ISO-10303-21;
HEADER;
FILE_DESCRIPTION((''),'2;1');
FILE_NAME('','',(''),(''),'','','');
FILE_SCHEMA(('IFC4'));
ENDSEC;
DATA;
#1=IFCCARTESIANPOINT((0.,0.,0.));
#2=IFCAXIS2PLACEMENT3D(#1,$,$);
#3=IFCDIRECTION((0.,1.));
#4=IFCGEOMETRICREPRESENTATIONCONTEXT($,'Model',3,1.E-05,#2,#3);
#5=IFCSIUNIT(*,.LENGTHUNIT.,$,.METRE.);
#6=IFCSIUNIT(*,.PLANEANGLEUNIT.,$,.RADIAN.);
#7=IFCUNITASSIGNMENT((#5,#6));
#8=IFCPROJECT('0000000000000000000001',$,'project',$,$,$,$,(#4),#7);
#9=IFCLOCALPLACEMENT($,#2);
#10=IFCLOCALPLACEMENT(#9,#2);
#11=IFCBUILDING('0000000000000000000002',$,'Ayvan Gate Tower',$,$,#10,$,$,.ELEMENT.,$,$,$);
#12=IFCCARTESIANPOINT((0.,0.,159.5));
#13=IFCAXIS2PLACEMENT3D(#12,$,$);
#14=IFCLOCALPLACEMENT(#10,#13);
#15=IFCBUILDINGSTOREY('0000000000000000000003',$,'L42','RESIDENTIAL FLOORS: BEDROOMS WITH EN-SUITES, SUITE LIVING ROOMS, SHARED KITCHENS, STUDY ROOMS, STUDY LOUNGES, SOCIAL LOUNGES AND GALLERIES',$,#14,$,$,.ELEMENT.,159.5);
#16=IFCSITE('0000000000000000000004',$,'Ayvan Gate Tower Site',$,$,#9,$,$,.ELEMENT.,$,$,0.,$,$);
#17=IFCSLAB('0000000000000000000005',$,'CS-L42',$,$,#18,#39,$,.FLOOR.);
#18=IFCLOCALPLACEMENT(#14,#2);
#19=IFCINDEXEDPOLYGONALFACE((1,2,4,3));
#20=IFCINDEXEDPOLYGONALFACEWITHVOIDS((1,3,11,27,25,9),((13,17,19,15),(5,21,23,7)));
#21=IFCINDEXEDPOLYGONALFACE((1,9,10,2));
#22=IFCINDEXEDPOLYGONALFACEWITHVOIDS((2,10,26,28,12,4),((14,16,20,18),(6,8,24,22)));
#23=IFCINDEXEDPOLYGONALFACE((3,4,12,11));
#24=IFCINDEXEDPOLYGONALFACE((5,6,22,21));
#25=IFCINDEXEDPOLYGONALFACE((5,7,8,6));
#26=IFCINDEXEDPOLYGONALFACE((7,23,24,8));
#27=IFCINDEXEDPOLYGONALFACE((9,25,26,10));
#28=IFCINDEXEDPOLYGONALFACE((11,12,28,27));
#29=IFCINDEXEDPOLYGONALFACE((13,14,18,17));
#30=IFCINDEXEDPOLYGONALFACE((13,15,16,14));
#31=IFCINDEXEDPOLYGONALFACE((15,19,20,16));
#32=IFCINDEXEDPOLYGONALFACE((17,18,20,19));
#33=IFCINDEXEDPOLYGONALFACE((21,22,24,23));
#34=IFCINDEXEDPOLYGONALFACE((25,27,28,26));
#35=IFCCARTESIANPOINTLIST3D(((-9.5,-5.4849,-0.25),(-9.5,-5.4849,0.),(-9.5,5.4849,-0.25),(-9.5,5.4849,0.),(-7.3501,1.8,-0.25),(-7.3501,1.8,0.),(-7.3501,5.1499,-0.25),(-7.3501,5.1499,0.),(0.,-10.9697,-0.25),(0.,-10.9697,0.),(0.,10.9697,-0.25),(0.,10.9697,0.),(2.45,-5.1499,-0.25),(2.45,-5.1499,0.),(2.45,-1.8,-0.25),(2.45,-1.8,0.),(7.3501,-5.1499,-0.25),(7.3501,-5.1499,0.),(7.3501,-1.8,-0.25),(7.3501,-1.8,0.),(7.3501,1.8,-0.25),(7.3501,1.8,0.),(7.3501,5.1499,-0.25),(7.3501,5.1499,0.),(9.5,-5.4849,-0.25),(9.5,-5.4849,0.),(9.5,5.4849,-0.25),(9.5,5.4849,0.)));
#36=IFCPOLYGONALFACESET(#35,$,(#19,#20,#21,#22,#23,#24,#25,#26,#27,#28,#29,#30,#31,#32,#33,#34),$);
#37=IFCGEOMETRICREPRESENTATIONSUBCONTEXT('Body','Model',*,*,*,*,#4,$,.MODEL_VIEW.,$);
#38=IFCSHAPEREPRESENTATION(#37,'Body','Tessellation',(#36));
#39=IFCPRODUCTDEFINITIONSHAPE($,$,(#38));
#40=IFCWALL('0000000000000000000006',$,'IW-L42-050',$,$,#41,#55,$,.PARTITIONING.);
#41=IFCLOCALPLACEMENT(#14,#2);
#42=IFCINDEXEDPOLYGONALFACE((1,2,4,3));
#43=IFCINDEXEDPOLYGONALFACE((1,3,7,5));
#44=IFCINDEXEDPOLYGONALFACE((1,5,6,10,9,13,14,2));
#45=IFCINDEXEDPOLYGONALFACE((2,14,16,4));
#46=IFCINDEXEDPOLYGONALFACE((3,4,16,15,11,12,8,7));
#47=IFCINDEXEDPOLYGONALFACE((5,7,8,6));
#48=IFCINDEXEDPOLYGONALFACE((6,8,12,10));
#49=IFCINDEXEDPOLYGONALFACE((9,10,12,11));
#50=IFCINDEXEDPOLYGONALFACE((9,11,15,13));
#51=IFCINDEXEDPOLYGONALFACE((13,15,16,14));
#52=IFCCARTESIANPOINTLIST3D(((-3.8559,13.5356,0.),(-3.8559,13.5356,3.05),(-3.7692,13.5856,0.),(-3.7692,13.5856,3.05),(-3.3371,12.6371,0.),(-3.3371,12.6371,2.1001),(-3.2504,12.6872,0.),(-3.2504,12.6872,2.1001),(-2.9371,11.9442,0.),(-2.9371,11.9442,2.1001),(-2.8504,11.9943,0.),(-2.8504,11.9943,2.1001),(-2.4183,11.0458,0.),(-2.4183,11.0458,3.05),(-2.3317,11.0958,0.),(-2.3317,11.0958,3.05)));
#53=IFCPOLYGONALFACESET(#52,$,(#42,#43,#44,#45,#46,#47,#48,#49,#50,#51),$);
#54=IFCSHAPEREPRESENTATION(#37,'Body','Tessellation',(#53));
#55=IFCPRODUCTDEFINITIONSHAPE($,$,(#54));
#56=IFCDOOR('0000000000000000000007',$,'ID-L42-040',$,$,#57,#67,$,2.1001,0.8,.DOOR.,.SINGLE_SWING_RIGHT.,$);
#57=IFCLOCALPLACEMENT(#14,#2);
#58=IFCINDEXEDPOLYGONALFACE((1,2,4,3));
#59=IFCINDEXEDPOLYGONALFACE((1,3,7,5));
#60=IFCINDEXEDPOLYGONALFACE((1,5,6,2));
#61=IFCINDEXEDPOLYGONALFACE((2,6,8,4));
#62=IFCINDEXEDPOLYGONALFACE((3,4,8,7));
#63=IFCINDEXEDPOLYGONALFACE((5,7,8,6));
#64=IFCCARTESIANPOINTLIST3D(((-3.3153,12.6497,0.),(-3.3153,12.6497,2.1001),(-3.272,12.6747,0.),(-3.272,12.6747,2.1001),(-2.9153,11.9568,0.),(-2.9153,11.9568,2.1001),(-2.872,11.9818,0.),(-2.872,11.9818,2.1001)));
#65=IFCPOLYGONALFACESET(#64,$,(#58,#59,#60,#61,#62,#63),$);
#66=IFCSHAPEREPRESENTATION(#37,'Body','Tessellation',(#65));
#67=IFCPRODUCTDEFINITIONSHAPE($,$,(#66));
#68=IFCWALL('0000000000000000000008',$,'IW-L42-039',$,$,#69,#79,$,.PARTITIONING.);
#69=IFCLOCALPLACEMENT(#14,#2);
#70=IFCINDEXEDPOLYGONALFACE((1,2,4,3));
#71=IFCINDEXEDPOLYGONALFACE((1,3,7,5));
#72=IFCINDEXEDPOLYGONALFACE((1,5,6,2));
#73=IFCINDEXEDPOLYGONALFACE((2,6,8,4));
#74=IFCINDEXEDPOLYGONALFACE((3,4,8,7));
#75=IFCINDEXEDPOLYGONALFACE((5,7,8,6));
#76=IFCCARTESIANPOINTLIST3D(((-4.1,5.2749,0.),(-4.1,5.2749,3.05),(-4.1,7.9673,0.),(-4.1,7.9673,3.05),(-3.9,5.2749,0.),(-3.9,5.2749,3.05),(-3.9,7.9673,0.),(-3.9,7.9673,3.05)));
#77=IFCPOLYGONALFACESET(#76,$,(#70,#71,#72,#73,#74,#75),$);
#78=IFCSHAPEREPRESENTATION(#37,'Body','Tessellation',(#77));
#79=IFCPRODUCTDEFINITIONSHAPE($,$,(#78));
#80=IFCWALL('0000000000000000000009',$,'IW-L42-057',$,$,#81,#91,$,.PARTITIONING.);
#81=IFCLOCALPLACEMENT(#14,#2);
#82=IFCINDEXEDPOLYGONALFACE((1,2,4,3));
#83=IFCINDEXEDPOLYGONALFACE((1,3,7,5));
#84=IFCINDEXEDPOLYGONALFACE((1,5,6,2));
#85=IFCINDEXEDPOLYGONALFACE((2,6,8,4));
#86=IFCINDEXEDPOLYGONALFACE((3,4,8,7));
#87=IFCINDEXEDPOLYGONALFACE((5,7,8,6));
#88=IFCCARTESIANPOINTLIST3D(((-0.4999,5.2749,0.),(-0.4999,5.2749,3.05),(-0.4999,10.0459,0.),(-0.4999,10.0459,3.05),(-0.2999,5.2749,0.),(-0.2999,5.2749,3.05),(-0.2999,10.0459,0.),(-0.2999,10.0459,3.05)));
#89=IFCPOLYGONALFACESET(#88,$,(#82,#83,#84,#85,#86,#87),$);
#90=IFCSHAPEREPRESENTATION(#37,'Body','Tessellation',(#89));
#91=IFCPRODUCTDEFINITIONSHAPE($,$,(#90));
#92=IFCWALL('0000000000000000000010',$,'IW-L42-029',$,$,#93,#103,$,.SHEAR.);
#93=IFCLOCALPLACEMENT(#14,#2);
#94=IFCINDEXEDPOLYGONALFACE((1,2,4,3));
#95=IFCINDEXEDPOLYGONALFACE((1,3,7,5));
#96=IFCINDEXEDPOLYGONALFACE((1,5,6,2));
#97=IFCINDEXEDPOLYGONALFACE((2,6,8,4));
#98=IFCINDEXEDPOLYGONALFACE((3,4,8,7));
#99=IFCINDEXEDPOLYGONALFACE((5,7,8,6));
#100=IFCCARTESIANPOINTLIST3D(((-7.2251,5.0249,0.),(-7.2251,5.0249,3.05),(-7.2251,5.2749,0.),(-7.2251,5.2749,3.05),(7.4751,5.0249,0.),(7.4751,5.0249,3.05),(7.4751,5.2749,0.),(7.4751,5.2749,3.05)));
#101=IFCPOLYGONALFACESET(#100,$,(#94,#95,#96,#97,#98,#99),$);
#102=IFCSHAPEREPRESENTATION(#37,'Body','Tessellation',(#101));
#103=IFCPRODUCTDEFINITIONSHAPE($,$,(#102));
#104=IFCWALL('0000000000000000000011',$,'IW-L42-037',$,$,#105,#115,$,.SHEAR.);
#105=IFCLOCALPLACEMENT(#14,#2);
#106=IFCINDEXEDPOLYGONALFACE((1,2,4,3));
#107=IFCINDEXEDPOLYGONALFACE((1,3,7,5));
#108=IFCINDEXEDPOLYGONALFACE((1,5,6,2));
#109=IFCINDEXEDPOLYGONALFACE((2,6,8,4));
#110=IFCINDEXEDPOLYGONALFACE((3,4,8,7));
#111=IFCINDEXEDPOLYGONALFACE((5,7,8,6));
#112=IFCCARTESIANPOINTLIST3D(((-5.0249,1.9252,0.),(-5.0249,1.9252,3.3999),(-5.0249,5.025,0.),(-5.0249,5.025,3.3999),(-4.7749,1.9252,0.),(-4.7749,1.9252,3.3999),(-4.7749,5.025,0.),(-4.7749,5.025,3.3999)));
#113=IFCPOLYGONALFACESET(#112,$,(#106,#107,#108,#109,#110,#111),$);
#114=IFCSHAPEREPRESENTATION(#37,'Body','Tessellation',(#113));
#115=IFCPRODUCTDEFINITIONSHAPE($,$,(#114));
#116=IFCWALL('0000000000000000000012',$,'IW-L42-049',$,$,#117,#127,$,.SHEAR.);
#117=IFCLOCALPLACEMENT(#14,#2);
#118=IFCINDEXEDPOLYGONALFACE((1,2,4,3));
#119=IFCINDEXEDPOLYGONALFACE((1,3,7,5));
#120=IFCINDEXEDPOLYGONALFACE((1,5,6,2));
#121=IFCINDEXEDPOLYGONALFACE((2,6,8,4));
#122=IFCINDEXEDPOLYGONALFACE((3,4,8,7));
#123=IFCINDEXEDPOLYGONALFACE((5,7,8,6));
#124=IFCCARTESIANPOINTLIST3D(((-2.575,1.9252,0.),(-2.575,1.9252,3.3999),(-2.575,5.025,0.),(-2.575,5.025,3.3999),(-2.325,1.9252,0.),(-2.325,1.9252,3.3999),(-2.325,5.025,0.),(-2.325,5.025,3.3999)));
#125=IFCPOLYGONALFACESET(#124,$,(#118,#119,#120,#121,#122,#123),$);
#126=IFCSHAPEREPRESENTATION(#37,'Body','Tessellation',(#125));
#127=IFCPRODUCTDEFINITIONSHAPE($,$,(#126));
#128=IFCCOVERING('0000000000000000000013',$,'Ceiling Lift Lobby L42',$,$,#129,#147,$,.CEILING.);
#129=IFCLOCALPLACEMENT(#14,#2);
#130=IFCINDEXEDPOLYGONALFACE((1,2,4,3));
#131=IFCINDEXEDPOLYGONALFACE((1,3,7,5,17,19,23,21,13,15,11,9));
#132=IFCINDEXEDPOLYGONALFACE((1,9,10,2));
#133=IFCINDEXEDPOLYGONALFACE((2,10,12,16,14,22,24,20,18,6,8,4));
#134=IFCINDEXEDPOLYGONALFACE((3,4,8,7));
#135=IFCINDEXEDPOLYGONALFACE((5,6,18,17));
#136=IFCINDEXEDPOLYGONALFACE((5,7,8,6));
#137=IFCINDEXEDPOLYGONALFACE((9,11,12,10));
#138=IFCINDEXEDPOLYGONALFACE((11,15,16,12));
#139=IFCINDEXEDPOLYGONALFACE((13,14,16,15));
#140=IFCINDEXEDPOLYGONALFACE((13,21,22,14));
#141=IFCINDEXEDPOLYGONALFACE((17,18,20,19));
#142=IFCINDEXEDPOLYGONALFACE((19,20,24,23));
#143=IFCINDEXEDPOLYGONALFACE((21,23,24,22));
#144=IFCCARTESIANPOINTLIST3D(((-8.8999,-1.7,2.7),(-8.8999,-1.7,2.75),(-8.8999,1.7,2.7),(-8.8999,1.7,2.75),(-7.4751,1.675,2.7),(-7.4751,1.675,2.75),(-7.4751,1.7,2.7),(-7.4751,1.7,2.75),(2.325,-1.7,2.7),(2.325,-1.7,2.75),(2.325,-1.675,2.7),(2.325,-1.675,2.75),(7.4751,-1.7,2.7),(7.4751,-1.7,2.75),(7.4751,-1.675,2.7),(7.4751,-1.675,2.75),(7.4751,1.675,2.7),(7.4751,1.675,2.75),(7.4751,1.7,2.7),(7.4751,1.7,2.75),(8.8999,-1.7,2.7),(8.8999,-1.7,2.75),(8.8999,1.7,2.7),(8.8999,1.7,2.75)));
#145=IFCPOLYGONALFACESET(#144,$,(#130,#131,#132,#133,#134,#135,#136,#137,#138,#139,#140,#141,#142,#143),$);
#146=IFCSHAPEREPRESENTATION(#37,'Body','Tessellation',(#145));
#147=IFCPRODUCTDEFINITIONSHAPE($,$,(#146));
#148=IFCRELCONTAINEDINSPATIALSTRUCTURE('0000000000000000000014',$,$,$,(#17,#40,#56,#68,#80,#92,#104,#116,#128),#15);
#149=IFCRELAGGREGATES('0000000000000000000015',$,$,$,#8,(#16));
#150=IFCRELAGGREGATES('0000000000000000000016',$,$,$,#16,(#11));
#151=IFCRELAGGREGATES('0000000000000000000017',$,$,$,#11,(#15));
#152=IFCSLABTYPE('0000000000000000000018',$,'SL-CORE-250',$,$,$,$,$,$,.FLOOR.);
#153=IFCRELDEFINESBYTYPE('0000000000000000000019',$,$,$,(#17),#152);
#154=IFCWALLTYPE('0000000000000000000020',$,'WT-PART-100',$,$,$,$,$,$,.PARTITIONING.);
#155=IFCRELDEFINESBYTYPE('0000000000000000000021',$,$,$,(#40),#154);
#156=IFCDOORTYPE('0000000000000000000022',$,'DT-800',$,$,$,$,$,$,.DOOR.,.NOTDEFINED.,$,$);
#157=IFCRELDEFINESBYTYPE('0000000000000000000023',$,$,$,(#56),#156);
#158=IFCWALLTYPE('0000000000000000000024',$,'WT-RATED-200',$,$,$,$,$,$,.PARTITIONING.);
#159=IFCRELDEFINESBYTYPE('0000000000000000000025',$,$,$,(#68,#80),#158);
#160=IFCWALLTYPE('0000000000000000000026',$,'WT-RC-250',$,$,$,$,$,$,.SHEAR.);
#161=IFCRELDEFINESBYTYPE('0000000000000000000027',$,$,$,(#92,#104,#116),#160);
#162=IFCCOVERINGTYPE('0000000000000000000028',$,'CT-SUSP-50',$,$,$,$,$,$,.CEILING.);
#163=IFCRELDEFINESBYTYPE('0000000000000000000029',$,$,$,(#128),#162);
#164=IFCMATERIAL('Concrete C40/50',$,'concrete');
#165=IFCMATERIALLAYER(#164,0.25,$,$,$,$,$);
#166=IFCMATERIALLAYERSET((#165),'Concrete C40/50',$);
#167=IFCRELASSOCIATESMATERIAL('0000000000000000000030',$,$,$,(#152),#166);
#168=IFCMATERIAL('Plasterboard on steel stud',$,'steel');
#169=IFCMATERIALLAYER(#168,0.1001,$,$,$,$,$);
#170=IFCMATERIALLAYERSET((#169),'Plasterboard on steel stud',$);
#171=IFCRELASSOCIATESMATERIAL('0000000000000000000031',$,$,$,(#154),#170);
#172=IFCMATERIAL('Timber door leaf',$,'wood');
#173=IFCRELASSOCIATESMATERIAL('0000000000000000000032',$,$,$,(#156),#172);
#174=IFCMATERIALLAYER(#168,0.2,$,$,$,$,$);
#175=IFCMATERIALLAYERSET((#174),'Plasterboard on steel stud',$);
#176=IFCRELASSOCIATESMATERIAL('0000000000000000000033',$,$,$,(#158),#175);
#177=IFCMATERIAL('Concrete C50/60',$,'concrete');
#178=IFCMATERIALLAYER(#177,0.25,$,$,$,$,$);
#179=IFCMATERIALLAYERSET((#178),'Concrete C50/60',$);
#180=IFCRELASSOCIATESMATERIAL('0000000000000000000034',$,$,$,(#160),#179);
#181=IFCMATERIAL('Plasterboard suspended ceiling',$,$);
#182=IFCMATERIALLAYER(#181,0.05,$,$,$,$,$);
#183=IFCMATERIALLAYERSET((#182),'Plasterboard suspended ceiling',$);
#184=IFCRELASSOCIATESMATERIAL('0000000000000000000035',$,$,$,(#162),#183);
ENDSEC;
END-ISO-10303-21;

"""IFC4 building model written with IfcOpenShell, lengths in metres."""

from ifc_helpers import new_model, si_unit, direction, frame, frame_2d, origin, place, context, subcontext, project, spatial, polyline, rectangle, outline, extrude, material, layer, layer_set, type_object, element, fill, save


model = new_model("IFC4")

# Units and contexts
model_context = context("Model", 3, precision=1e-05, world=origin(), true_north=direction((0.0, 1.0)))
body_context = subcontext(model_context, "Body", "Model", "MODEL_VIEW")
ifc_project = project(units=[si_unit("LENGTHUNIT", "METRE"), si_unit("PLANEANGLEUNIT", "RADIAN")], contexts=[model_context])

# Site, building, storey
site_placement = place(None, origin())
site = spatial("IfcSite", under=ifc_project, at=site_placement, Name="Ayvan Gate Tower Site", CompositionType="ELEMENT", RefElevation=0.0)
building_placement = place(site_placement, origin())
building = spatial("IfcBuilding", under=site, at=building_placement, Name="Ayvan Gate Tower", CompositionType="ELEMENT")
storey_placement = place(building_placement, frame((0.0, 0.0, 159.5)))
storey = spatial("IfcBuildingStorey", under=building, at=storey_placement, Name="L42", Description="RESIDENTIAL FLOORS: BEDROOMS WITH EN-SUITES, SUITE LIVING ROOMS, SHARED KITCHENS, STUDY ROOMS, STUDY LOUNGES, SOCIAL LOUNGES AND GALLERIES", CompositionType="ELEMENT", Elevation=159.5)

# Slab
ifc_material_1 = material(Name="Concrete C40/50", Category="concrete")
ifc_layer_1 = layer(ifc_material_1, 0.25)
ifc_layer_set_1 = layer_set([ifc_layer_1], Name="Concrete C40/50")
slab_type = type_object("IfcSlabType", Name="SL-CORE-250", PredefinedType="FLOOR", material=ifc_layer_set_1)
slab_placement = place(storey_placement, frame((0.0, 0.0, -0.25)))
element("IfcSlab", 1, at=slab_placement, inside=storey, type_object=slab_type, Name="CS-L42", PredefinedType="FLOOR", context=body_context, shape_type="SweptSolid", body=[
    extrude(outline(polyline([(9.5, -5.4849), (0.0, -10.9697), (-9.5, -5.4849), (-9.5, 5.4849), (0.0, 10.9697), (9.5, 5.4849), (9.5, -5.4849)]), holes=[polyline([(-7.3501, 5.1499), (-7.3501, 1.8), (7.3501, 1.8), (7.3501, 5.1499), (-7.3501, 5.1499)]), polyline([(2.45, -1.8), (2.45, -5.1499), (7.3501, -5.1499), (7.3501, -1.8), (2.45, -1.8)])]), origin(), (0.0, 0.0, 1.0), 0.25),
])

# Wall, opening, door
ifc_material_2 = material(Name="Plasterboard on steel stud", Category="steel")
ifc_layer_2 = layer(ifc_material_2, 0.1001)
ifc_layer_set_2 = layer_set([ifc_layer_2], Name="Plasterboard on steel stud")
wall_type_1 = type_object("IfcWallType", Name="WT-PART-100", PredefinedType="PARTITIONING", material=ifc_layer_set_2)
wall_1_placement = place(storey_placement, frame((-2.375, 11.0708, 0.0), z_axis=(0.0, 0.0, 1.0), x_axis=(-0.500012, 0.866019, 0.0)))
wall_1 = element("IfcWall", 2, at=wall_1_placement, inside=storey, type_object=wall_type_1, Name="IW-L42-050", PredefinedType="PARTITIONING", context=body_context, shape_type="SweptSolid", body=[
    extrude(rectangle(XDim=2.875, YDim=0.1001, at=frame_2d((1.4375, 0.0))), origin(), (0.0, 0.0, 1.0), 3.05),
])
opening_placement = place(wall_1_placement, frame((1.0376, 0.0, 0.0)))
opening = element("IfcOpeningElement", 3, at=opening_placement, cuts=wall_1, PredefinedType="OPENING", context=body_context, shape_type="SweptSolid", body=[
    extrude(rectangle(XDim=0.8, YDim=2.1001, at=frame_2d((0.3999, 1.05))), frame((0.0, 0.0601, 0.0), z_axis=(0.0, -1.0, 0.0), x_axis=(1.0, 0.0, 0.0)), (0.0, 0.0, 1.0), 0.1201),
])
ifc_material_3 = material(Name="Timber door leaf", Category="wood")
door_type = type_object("IfcDoorType", Name="DT-800", OperationType="NOTDEFINED", PredefinedType="DOOR", material=ifc_material_3)
door_placement = place(opening_placement, origin())
door = element("IfcDoor", 4, at=door_placement, inside=storey, type_object=door_type, Name="ID-L42-040", OperationType="SINGLE_SWING_RIGHT", OverallHeight=2.1001, OverallWidth=0.8, PredefinedType="DOOR", context=body_context, shape_type="SweptSolid", body=[
    extrude(rectangle(XDim=0.8, YDim=2.1001, at=frame_2d((0.3999, 1.05))), frame((0.0, 0.0249, 0.0), z_axis=(0.0, -1.0, 0.0), x_axis=(1.0, 0.0, 0.0)), (0.0, 0.0, 1.0), 0.05),
])
fill(opening, door)

# Walls
ifc_layer_3 = layer(ifc_material_2, 0.2)
ifc_layer_set_3 = layer_set([ifc_layer_3], Name="Plasterboard on steel stud")
wall_type_2 = type_object("IfcWallType", Name="WT-RATED-200", PredefinedType="PARTITIONING", material=ifc_layer_set_3)
wall_2_placement = place(storey_placement, frame((-4.0, 7.9673, 0.0), z_axis=(0.0, 0.0, 1.0), x_axis=(0.0, -1.0, 0.0)))
element("IfcWall", 5, at=wall_2_placement, inside=storey, type_object=wall_type_2, Name="IW-L42-039", PredefinedType="PARTITIONING", context=body_context, shape_type="SweptSolid", body=[
    extrude(rectangle(XDim=2.6924, YDim=0.2, at=frame_2d((1.3462, 0.0))), origin(), (0.0, 0.0, 1.0), 3.05),
])
wall_3_placement = place(storey_placement, frame((-0.3999, 10.0459, 0.0), z_axis=(0.0, 0.0, 1.0), x_axis=(0.0, -1.0, 0.0)))
element("IfcWall", 6, at=wall_3_placement, inside=storey, type_object=wall_type_2, Name="IW-L42-057", PredefinedType="PARTITIONING", context=body_context, shape_type="SweptSolid", body=[
    extrude(rectangle(XDim=4.771, YDim=0.2, at=frame_2d((2.3855, 0.0))), origin(), (0.0, 0.0, 1.0), 3.05),
])
ifc_material_4 = material(Name="Concrete C50/60", Category="concrete")
ifc_layer_4 = layer(ifc_material_4, 0.25)
ifc_layer_set_4 = layer_set([ifc_layer_4], Name="Concrete C50/60")
wall_type_3 = type_object("IfcWallType", Name="WT-RC-250", PredefinedType="SHEAR", material=ifc_layer_set_4)
wall_4_placement = place(storey_placement, frame((-7.2251, 5.1499, 0.0), z_axis=(0.0, 0.0, 1.0), x_axis=(1.0, 0.0, 0.0)))
element("IfcWall", 7, at=wall_4_placement, inside=storey, type_object=wall_type_3, Name="IW-L42-029", PredefinedType="SHEAR", context=body_context, shape_type="SweptSolid", body=[
    extrude(rectangle(XDim=14.7002, YDim=0.25, at=frame_2d((7.3501, 0.0))), origin(), (0.0, 0.0, 1.0), 3.05),
])
for number, where, z_axis, x_axis, name in (
    (8, (-4.8999, 5.0249, 0.0), (0.0, 0.0, 1.0), (0.0, -1.0, 0.0), "IW-L42-037"),
    (9, (-2.45, 5.0249, 0.0), (0.0, 0.0, 1.0), (0.0, -1.0, 0.0), "IW-L42-049"),
):
    element("IfcWall", number, at=place(storey_placement, frame(where, z_axis=z_axis, x_axis=x_axis)), inside=storey, type_object=wall_type_3, Name=name, PredefinedType="SHEAR", context=body_context, shape_type="SweptSolid", body=[
        extrude(rectangle(XDim=3.0999, YDim=0.25, at=frame_2d((1.5498, 0.0))), origin(), (0.0, 0.0, 1.0), 3.3999),
    ])

# Covering
ifc_material_5 = material(Name="Plasterboard suspended ceiling")
ifc_layer_5 = layer(ifc_material_5, 0.05)
ifc_layer_set_5 = layer_set([ifc_layer_5], Name="Plasterboard suspended ceiling")
covering_type = type_object("IfcCoveringType", Name="CT-SUSP-50", PredefinedType="CEILING", material=ifc_layer_set_5)
covering_1_placement = place(storey_placement, frame((0.0, 0.0, 2.7)))
element("IfcCovering", 10, at=covering_1_placement, inside=storey, type_object=covering_type, Name="Ceiling Lift Lobby L42", PredefinedType="CEILING", context=body_context, shape_type="SweptSolid", body=[
    extrude(outline(polyline([(7.4751, -1.675), (2.325, -1.675), (2.325, -1.7), (-8.8999, -1.7), (-8.8999, 1.7), (-7.4751, 1.7), (-7.4751, 1.675), (7.4751, 1.675), (7.4751, 1.7), (8.8999, 1.7), (8.8999, -1.7), (7.4751, -1.7), (7.4751, -1.675)])), origin(), (0.0, 0.0, 1.0), 0.05),
])

save(model, "model.ifc")
